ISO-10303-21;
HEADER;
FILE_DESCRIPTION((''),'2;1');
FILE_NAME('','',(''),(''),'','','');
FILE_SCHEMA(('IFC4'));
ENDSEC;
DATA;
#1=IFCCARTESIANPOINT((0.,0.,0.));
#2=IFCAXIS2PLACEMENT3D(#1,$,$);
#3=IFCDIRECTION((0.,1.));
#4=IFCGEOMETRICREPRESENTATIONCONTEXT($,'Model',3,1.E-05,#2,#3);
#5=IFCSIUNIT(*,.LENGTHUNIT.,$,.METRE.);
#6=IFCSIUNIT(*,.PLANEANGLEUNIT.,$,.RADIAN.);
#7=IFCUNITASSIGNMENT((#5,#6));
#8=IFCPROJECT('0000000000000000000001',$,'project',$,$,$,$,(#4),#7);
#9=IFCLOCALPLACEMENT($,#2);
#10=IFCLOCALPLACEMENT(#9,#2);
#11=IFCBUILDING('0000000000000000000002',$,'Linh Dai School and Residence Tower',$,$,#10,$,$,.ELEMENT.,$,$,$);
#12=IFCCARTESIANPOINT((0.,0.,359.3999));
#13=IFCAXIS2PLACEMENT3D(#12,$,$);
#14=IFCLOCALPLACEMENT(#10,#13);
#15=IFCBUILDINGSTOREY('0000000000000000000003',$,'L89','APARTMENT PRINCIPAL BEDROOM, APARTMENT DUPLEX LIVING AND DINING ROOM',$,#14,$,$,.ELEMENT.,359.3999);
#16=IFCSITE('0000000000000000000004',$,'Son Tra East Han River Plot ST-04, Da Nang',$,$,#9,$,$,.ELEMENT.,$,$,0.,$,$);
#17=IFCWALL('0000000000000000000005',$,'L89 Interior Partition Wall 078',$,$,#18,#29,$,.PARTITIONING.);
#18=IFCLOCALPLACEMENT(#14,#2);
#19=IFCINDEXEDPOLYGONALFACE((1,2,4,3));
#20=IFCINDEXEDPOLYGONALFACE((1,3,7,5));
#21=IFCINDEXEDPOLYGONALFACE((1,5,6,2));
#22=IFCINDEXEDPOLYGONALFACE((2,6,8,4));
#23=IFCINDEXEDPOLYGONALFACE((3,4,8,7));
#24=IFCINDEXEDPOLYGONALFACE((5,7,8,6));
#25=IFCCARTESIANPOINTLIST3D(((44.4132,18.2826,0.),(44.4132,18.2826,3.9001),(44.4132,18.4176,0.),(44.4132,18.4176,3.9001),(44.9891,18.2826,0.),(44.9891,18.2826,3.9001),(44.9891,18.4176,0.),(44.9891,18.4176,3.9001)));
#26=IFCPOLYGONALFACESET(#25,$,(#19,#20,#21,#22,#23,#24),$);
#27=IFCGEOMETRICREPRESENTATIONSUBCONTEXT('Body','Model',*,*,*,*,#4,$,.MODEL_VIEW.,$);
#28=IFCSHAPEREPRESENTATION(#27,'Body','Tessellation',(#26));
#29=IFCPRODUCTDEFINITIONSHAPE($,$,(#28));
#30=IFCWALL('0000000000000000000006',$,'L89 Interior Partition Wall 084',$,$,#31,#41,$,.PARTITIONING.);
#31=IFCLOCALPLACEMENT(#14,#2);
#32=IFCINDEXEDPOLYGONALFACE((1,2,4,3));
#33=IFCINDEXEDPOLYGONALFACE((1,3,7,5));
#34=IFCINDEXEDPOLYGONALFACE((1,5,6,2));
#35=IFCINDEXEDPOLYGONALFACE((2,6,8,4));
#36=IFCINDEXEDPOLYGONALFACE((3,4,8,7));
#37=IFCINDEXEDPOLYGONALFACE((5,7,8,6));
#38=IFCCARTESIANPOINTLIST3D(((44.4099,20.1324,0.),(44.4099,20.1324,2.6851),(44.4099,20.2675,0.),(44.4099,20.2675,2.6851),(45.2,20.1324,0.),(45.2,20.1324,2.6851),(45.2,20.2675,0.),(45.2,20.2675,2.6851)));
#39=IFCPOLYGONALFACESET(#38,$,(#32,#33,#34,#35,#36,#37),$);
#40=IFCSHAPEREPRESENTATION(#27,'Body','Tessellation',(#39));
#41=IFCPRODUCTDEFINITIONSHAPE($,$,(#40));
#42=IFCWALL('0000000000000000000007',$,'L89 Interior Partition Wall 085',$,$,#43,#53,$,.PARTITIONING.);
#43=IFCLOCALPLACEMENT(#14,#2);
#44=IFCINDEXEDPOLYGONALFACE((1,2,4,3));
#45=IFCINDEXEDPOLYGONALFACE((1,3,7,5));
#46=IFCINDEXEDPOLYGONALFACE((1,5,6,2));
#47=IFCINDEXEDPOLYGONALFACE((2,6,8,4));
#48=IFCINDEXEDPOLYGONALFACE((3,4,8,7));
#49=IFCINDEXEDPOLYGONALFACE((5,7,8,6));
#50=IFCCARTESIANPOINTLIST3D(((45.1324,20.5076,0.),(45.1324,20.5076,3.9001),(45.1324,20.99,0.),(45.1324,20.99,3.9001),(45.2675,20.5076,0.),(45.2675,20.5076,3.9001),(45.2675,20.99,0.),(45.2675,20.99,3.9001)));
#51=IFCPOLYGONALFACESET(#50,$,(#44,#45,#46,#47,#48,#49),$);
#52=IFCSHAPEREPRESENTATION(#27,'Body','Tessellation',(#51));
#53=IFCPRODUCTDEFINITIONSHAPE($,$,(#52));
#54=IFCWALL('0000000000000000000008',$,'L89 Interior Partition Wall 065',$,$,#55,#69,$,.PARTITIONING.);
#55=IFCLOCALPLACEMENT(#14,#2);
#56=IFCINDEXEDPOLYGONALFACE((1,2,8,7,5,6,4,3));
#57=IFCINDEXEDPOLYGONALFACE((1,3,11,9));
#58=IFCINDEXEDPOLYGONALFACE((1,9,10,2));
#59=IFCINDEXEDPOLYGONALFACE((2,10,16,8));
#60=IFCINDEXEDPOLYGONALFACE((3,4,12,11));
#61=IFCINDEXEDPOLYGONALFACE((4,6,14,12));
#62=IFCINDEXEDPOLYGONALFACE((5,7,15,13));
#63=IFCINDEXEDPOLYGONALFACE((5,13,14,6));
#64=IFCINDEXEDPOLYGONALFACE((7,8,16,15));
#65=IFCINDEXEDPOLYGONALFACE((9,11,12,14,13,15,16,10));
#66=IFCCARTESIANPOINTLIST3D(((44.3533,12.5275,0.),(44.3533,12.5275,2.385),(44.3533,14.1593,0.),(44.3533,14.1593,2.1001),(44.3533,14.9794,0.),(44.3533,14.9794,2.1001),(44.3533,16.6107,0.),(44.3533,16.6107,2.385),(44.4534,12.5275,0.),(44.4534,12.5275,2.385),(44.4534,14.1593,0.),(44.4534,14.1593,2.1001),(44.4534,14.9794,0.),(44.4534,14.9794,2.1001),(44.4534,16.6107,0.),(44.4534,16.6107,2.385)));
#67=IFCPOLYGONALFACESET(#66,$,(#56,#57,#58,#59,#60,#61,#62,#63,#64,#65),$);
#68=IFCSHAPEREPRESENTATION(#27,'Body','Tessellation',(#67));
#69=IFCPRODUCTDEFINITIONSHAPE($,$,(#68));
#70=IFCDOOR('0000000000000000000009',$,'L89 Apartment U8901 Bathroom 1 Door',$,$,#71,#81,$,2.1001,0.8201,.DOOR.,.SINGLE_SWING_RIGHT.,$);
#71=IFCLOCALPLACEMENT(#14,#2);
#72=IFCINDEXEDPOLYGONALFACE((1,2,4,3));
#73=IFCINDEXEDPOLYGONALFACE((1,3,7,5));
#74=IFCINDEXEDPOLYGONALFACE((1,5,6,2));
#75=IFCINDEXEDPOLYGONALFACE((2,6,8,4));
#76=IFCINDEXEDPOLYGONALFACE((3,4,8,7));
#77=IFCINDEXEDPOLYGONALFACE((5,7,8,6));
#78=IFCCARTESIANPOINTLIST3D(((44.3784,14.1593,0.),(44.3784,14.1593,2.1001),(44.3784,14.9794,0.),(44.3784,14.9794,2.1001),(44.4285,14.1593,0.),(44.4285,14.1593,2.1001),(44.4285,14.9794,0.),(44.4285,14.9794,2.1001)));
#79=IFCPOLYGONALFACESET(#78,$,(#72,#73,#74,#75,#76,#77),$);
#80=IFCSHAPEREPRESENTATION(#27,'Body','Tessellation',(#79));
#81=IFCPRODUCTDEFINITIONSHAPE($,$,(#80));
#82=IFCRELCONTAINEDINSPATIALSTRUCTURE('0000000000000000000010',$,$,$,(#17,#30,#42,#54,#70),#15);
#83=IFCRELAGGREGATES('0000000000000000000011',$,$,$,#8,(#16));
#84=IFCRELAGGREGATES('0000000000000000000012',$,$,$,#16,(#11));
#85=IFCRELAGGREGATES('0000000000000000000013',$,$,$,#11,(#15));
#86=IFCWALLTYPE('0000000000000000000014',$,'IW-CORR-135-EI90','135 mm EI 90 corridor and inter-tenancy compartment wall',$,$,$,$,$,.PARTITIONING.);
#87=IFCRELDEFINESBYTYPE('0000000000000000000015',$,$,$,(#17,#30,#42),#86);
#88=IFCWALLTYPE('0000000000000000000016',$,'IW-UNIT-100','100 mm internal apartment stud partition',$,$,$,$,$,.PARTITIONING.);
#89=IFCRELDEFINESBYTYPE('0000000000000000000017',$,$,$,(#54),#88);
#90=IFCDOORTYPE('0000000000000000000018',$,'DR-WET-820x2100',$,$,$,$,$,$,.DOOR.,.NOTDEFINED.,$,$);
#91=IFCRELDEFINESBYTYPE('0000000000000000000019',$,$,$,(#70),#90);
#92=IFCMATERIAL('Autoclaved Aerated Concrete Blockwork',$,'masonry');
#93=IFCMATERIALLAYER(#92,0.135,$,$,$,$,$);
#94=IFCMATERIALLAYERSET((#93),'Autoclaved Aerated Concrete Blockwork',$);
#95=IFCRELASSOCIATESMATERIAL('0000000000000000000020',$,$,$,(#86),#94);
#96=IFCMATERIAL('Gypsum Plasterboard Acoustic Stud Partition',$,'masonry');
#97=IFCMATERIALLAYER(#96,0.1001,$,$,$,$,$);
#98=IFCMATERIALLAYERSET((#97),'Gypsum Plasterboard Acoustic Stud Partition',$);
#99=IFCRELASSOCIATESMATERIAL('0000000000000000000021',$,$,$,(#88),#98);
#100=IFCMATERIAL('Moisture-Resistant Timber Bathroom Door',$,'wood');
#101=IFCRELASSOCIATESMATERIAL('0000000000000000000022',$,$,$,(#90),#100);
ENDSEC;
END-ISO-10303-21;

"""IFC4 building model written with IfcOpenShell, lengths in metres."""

from ifc_helpers import new_model, si_unit, direction, frame, frame_2d, origin, origin_2d, place, context, subcontext, project, spatial, rectangle, extrude, source, transform, mapped, material, layer, layer_set, type_object, element, fill, save


model = new_model("IFC4")

# Units and contexts
model_context = context("Model", 3, precision=1e-05, world=origin(), true_north=direction((0.0, 1.0)))
body_context = subcontext(model_context, "Body", "Model", "MODEL_VIEW")
ifc_project = project(units=[si_unit("LENGTHUNIT", "METRE"), si_unit("PLANEANGLEUNIT", "RADIAN")], contexts=[model_context])

# Site, building, storey
site_placement = place(None, origin())
site = spatial("IfcSite", under=ifc_project, at=site_placement, Name="Son Tra East Han River Plot ST-04, Da Nang", CompositionType="ELEMENT", RefElevation=0.0)
building_placement = place(site_placement, origin())
building = spatial("IfcBuilding", under=site, at=building_placement, Name="Linh Dai School and Residence Tower", CompositionType="ELEMENT")
storey_placement = place(building_placement, frame((0.0, 0.0, 359.3999)))
storey = spatial("IfcBuildingStorey", under=building, at=storey_placement, Name="L89", Description="APARTMENT PRINCIPAL BEDROOM, APARTMENT DUPLEX LIVING AND DINING ROOM", CompositionType="ELEMENT", Elevation=359.3999)

# Walls
ifc_material_1 = material(Name="Autoclaved Aerated Concrete Blockwork", Category="masonry")
ifc_layer_1 = layer(ifc_material_1, 0.135)
ifc_layer_set_1 = layer_set([ifc_layer_1], Name="Autoclaved Aerated Concrete Blockwork")
wall_type_1 = type_object("IfcWallType", Name="IW-CORR-135-EI90", Description="135 mm EI 90 corridor and inter-tenancy compartment wall", PredefinedType="PARTITIONING", material=ifc_layer_set_1)
wall_1_placement = place(storey_placement, frame((44.9893, 18.3501, 0.0), z_axis=(0.0, 0.0, 1.0), x_axis=(-1.0, 0.0, 0.0)))
element("IfcWall", 1, at=wall_1_placement, inside=storey, type_object=wall_type_1, Name="L89 Interior Partition Wall 078", PredefinedType="PARTITIONING", context=body_context, shape_type="SweptSolid", body=[
    extrude(rectangle(XDim=0.5759, YDim=0.135, at=frame_2d((0.2881, 0.0))), origin(), (0.0, 0.0, 1.0), 3.9001),
])
wall_2_placement = place(storey_placement, frame((44.4099, 20.2, 0.0), z_axis=(0.0, 0.0, 1.0), x_axis=(1.0, 0.0, 0.0)))
element("IfcWall", 2, at=wall_2_placement, inside=storey, type_object=wall_type_1, Name="L89 Interior Partition Wall 084", PredefinedType="PARTITIONING", context=body_context, shape_type="SweptSolid", body=[
    extrude(rectangle(XDim=0.79, YDim=0.135, at=frame_2d((0.395, 0.0))), origin(), (0.0, 0.0, 1.0), 2.6851),
])
wall_3_placement = place(storey_placement, frame((45.2, 20.5076, 0.0), z_axis=(0.0, 0.0, 1.0), x_axis=(0.0, 1.0, 0.0)))
element("IfcWall", 3, at=wall_3_placement, inside=storey, type_object=wall_type_1, Name="L89 Interior Partition Wall 085", PredefinedType="PARTITIONING", context=body_context, shape_type="SweptSolid", body=[
    extrude(rectangle(XDim=0.4824, YDim=0.135, at=frame_2d((0.2412, 0.0))), origin(), (0.0, 0.0, 1.0), 3.9001),
])

# Wall, opening, door
ifc_material_2 = material(Name="Gypsum Plasterboard Acoustic Stud Partition", Category="masonry")
ifc_layer_2 = layer(ifc_material_2, 0.1001)
ifc_layer_set_2 = layer_set([ifc_layer_2], Name="Gypsum Plasterboard Acoustic Stud Partition")
wall_type_2 = type_object("IfcWallType", Name="IW-UNIT-100", Description="100 mm internal apartment stud partition", PredefinedType="PARTITIONING", material=ifc_layer_set_2)
wall_4_placement = place(storey_placement, frame((44.4033, 12.5276, 0.0), z_axis=(0.0, 0.0, 1.0), x_axis=(0.0, 1.0, 0.0)))
wall_4 = element("IfcWall", 4, at=wall_4_placement, inside=storey, type_object=wall_type_2, Name="L89 Interior Partition Wall 065", PredefinedType="PARTITIONING", context=body_context, shape_type="SweptSolid", body=[
    extrude(rectangle(XDim=4.0833, YDim=0.1001, at=frame_2d((2.0415, 0.0))), origin(), (0.0, 0.0, 1.0), 2.385),
])
opening_1_placement = place(wall_4_placement, frame((1.6316, 0.0, 0.0)))
opening_1 = element("IfcOpeningElement", 5, at=opening_1_placement, cuts=wall_4, PredefinedType="OPENING", context=body_context, shape_type="SweptSolid", body=[
    extrude(rectangle(XDim=0.8201, YDim=2.1001, at=origin_2d()), frame((0.4102, 0.0601, 1.05), z_axis=(0.0, -1.0, 0.0), x_axis=(1.0, 0.0, 0.0)), (0.0, 0.0, 1.0), 0.1201),
])
ifc_material_3 = material(Name="Moisture-Resistant Timber Bathroom Door", Category="wood")
door_type = type_object("IfcDoorType", Name="DR-WET-820x2100", OperationType="NOTDEFINED", PredefinedType="DOOR", material=ifc_material_3)
shared_shape_1 = source(origin(), body_context, "Body", "SweptSolid", [
    extrude(rectangle(XDim=0.8201, YDim=2.1001, at=origin_2d()), frame((0.4102, 0.0249, 1.05), z_axis=(0.0, -1.0, 0.0), x_axis=(1.0, 0.0, 0.0)), (0.0, 0.0, 1.0), 0.05),
])
door_placement = place(opening_1_placement, origin())
door = element("IfcDoor", 6, at=door_placement, inside=storey, type_object=door_type, Name="L89 Apartment U8901 Bathroom 1 Door", OperationType="SINGLE_SWING_RIGHT", OverallHeight=2.1001, OverallWidth=0.8201, PredefinedType="DOOR", context=body_context, shape_type="MappedRepresentation", body=[
    mapped(shared_shape_1, transform((0.0, 0.0, 0.0), x_axis=(1.0, 0.0, 0.0), y_axis=(0.0, 1.0, 0.0), z_axis=(0.0, 0.0, 1.0), scale=1.0)),
])
fill(opening_1, door)

save(model, "model.ifc")
